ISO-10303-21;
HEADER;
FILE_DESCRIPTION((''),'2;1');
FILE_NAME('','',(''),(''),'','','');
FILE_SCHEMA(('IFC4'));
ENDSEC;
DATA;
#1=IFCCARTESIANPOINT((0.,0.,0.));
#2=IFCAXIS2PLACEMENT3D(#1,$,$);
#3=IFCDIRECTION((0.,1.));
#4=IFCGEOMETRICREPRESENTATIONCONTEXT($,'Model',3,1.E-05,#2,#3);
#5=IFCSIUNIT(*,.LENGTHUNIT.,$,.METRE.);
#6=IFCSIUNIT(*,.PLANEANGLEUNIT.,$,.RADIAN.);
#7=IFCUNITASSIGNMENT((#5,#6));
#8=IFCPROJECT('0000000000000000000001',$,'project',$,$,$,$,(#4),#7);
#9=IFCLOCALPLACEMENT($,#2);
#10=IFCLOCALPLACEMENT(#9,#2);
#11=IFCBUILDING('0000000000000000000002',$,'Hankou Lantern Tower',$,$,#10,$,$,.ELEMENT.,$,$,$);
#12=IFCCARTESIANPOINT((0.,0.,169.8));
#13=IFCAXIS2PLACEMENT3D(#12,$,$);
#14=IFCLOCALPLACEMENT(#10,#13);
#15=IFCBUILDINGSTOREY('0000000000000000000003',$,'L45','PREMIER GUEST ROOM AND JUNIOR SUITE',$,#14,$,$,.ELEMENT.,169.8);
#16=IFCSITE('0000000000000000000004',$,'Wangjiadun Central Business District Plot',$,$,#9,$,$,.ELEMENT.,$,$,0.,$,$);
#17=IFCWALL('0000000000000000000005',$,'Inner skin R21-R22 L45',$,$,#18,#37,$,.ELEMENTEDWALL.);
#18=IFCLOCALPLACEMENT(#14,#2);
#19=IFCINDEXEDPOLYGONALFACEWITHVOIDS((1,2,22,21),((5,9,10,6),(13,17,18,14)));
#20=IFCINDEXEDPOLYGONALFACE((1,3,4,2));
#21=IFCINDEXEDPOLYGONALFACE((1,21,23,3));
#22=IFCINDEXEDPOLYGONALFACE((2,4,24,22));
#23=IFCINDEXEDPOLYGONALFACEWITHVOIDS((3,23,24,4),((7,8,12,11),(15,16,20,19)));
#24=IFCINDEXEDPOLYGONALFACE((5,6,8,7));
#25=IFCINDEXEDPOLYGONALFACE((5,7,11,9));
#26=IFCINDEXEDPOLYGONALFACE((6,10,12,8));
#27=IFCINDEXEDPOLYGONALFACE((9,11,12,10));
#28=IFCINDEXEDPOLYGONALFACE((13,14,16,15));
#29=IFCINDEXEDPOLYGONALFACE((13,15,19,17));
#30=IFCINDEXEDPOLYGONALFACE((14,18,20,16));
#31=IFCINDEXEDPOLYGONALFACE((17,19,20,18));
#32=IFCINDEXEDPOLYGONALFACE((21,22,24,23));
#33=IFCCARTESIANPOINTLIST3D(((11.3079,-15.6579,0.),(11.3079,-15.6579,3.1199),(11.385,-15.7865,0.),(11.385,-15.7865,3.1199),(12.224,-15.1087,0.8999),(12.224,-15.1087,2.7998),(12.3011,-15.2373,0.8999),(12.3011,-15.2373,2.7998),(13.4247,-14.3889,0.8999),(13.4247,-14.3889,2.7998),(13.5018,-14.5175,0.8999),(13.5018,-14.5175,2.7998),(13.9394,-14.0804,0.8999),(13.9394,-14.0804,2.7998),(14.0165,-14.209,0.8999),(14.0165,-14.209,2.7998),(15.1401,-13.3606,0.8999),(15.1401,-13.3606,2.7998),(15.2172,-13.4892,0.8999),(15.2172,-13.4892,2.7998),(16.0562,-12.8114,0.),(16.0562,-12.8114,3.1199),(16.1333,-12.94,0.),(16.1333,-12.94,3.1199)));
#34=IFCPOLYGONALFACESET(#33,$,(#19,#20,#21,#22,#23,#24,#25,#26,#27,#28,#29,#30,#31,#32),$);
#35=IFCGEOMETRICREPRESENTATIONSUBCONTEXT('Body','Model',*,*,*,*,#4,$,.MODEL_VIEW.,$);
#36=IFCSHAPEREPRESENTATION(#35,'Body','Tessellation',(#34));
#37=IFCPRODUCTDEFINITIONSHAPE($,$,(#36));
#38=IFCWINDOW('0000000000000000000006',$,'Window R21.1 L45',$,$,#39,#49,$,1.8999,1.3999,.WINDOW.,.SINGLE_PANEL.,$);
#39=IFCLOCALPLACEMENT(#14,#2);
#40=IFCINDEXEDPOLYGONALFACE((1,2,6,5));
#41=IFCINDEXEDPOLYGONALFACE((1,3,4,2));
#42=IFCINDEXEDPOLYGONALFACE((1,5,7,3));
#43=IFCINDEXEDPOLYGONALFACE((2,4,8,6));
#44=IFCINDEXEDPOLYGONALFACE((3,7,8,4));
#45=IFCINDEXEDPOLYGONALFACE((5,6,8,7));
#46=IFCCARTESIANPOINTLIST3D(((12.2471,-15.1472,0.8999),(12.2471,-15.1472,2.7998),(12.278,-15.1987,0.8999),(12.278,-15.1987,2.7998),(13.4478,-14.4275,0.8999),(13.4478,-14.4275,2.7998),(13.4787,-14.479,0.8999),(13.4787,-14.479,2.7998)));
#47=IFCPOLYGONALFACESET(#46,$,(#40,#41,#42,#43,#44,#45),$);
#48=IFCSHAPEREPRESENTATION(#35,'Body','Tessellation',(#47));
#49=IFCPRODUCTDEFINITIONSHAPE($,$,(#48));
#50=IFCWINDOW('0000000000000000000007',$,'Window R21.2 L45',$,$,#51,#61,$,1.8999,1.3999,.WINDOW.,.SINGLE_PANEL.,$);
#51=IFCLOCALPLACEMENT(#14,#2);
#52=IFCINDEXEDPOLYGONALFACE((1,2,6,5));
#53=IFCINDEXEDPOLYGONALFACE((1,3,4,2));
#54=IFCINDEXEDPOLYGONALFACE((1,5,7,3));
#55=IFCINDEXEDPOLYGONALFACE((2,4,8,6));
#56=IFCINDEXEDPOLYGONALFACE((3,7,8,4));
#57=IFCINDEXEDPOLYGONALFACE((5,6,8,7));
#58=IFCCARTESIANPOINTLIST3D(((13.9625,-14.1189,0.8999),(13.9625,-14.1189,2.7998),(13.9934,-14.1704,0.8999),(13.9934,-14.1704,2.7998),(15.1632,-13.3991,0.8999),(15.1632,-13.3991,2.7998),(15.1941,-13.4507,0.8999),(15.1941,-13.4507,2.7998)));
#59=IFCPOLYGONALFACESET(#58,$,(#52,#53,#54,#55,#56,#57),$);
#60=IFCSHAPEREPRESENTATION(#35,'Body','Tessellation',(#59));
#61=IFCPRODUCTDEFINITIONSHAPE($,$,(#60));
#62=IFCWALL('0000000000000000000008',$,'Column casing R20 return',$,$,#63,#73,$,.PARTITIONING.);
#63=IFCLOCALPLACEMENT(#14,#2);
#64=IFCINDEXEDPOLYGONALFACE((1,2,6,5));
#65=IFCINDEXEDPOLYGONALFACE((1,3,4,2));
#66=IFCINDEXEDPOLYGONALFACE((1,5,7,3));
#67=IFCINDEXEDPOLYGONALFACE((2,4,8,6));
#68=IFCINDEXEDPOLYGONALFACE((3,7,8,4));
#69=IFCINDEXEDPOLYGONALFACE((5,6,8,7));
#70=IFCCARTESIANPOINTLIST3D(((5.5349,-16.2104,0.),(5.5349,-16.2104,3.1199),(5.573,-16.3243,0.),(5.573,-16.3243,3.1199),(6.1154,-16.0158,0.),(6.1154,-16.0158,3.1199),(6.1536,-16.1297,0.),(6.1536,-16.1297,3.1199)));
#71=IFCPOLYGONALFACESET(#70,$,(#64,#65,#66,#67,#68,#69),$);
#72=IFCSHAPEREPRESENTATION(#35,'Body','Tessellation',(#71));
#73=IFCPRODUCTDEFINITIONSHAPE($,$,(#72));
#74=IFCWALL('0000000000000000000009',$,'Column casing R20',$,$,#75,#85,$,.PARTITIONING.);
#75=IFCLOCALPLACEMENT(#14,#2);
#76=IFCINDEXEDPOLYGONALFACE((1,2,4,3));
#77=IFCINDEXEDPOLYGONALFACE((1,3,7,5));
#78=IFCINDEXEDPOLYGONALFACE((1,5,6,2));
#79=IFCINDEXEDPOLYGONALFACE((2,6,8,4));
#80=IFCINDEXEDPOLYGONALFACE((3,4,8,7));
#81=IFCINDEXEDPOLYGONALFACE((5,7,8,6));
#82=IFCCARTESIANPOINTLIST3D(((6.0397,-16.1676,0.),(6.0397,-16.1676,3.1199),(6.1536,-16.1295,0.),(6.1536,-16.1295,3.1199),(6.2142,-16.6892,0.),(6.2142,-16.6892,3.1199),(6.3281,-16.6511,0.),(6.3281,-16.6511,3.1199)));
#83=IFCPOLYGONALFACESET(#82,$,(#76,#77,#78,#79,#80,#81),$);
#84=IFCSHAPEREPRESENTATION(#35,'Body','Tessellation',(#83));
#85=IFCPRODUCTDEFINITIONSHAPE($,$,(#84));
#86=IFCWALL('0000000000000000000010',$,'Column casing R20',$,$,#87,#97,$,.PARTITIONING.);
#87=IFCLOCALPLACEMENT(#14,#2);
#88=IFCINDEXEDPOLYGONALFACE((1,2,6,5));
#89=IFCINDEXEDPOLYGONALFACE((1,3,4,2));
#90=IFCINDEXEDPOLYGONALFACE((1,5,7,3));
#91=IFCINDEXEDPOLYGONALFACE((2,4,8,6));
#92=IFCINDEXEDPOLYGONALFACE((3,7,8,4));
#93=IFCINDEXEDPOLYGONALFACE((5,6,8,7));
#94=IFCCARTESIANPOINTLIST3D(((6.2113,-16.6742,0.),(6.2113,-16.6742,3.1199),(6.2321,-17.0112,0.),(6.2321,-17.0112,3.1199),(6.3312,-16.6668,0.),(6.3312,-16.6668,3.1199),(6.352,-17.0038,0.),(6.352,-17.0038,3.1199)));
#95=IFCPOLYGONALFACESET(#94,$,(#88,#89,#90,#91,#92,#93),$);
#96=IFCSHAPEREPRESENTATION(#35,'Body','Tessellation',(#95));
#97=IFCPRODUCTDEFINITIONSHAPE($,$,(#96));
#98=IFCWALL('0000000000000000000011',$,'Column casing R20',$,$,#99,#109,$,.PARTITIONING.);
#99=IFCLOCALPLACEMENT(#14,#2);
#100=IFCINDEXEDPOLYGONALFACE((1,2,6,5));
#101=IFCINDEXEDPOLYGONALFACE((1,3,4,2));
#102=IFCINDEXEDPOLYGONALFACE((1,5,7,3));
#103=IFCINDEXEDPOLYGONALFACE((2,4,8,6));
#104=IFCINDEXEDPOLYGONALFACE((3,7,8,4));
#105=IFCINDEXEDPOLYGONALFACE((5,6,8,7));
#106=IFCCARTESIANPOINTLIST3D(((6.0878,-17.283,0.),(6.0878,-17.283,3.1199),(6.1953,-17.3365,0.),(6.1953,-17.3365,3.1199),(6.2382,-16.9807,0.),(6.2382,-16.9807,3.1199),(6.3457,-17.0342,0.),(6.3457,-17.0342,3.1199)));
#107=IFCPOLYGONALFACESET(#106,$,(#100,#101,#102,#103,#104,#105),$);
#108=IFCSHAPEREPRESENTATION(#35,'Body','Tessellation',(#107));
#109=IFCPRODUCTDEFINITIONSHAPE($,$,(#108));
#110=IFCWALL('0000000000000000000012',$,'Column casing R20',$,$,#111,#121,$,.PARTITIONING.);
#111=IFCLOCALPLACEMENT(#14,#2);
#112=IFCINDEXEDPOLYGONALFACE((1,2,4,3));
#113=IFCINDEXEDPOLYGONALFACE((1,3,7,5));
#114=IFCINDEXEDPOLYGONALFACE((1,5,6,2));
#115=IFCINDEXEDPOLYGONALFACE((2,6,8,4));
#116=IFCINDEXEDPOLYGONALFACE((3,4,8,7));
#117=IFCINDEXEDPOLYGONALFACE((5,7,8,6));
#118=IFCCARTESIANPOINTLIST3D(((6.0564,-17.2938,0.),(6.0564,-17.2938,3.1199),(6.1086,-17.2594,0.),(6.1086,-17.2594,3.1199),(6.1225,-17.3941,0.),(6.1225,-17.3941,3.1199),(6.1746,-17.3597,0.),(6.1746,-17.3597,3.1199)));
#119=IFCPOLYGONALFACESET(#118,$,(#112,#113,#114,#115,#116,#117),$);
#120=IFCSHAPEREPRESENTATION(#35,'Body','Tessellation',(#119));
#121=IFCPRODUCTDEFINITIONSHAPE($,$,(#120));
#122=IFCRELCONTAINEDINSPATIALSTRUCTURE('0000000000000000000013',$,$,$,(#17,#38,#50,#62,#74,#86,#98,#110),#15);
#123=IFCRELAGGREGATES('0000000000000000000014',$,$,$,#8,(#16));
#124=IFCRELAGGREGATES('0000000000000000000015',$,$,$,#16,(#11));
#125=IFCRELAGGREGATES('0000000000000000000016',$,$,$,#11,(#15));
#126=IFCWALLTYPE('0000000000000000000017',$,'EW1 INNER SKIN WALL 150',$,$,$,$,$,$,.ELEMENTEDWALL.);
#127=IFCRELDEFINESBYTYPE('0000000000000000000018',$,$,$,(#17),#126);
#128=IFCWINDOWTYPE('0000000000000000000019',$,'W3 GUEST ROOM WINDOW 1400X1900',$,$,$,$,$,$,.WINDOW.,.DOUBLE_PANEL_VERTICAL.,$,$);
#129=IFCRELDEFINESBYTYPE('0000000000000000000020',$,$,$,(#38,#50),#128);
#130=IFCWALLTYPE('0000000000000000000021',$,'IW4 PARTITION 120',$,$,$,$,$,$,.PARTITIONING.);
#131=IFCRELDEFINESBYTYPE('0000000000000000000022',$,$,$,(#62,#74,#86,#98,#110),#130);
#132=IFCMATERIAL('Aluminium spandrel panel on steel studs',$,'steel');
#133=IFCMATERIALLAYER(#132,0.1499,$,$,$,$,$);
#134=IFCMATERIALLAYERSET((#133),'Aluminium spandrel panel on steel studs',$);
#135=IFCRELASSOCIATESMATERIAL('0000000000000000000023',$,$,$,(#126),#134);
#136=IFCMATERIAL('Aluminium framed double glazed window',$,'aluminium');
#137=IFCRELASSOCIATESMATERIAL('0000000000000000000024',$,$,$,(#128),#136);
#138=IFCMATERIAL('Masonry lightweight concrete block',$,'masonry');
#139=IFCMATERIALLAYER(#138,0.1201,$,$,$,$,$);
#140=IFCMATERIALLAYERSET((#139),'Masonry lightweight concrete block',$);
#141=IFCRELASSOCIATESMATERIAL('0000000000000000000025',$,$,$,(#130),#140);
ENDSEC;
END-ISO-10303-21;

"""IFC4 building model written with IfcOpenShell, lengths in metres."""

from ifc_helpers import new_model, si_unit, direction, frame, frame_2d, origin, place, context, subcontext, project, spatial, rectangle, extrude, material, layer, layer_set, type_object, element, fill, save


model = new_model("IFC4")

# Units and contexts
model_context = context("Model", 3, precision=1e-05, world=origin(), true_north=direction((0.0, 1.0)))
body_context = subcontext(model_context, "Body", "Model", "MODEL_VIEW")
ifc_project = project(units=[si_unit("LENGTHUNIT", "METRE"), si_unit("PLANEANGLEUNIT", "RADIAN")], contexts=[model_context])

# Site, building, storey
site_placement = place(None, origin())
site = spatial("IfcSite", under=ifc_project, at=site_placement, Name="Wangjiadun Central Business District Plot", CompositionType="ELEMENT", RefElevation=0.0)
building_placement = place(site_placement, origin())
building = spatial("IfcBuilding", under=site, at=building_placement, Name="Hankou Lantern Tower", CompositionType="ELEMENT")
storey_placement = place(building_placement, frame((0.0, 0.0, 169.8)))
storey = spatial("IfcBuildingStorey", under=building, at=storey_placement, Name="L45", Description="PREMIER GUEST ROOM AND JUNIOR SUITE", CompositionType="ELEMENT", Elevation=169.8)

# Wall, openings, windows
ifc_material_1 = material(Name="Aluminium spandrel panel on steel studs", Category="steel")
ifc_layer_1 = layer(ifc_material_1, 0.1499)
ifc_layer_set_1 = layer_set([ifc_layer_1], Name="Aluminium spandrel panel on steel studs")
wall_type_1 = type_object("IfcWallType", Name="EW1 INNER SKIN WALL 150", PredefinedType="ELEMENTEDWALL", material=ifc_layer_set_1)
ifc_material_2 = material(Name="Aluminium framed double glazed window", Category="aluminium")
window_type = type_object("IfcWindowType", Name="W3 GUEST ROOM WINDOW 1400X1900", PartitioningType="DOUBLE_PANEL_VERTICAL", PredefinedType="WINDOW", material=ifc_material_2)
wall_1_placement = place(storey_placement, frame((11.3464, -15.7222, 0.0), z_axis=(0.0, 0.0, 1.0), x_axis=(0.857695, 0.514158, 0.0)))
wall_1 = element("IfcWall", 1, at=wall_1_placement, inside=storey, type_object=wall_type_1, Name="Inner skin R21-R22 L45", PredefinedType="ELEMENTEDWALL", context=body_context, shape_type="SweptSolid", body=[
    extrude(rectangle(XDim=5.5361, YDim=0.1499, at=frame_2d((2.7681, 0.0))), origin(), (0.0, 0.0, 1.0), 3.1199),
])
opening_1_placement = place(wall_1_placement, frame((1.0681, 0.0, 0.8999)))
opening_1 = element("IfcOpeningElement", 2, at=opening_1_placement, cuts=wall_1, PredefinedType="OPENING", context=body_context, shape_type="SweptSolid", body=[
    extrude(rectangle(XDim=1.3999, YDim=1.8999, at=frame_2d((0.7, 0.95))), frame((0.0, 0.085, 0.0), z_axis=(0.0, -1.0, 0.0), x_axis=(1.0, 0.0, 0.0)), (0.0, 0.0, 1.0), 0.1699),
])
opening_2_placement = place(wall_1_placement, frame((3.0681, 0.0, 0.8999)))
opening_2 = element("IfcOpeningElement", 3, at=opening_2_placement, cuts=wall_1, PredefinedType="OPENING", context=body_context, shape_type="SweptSolid", body=[
    extrude(rectangle(XDim=1.3999, YDim=1.8999, at=frame_2d((0.7, 0.95))), frame((0.0, 0.085, 0.0), z_axis=(0.0, -1.0, 0.0), x_axis=(1.0, 0.0, 0.0)), (0.0, 0.0, 1.0), 0.1699),
])
window_1_placement = place(opening_1_placement, origin())
window_1 = element("IfcWindow", 4, at=window_1_placement, inside=storey, type_object=window_type, Name="Window R21.1 L45", OverallHeight=1.8999, OverallWidth=1.3999, PartitioningType="SINGLE_PANEL", PredefinedType="WINDOW", context=body_context, shape_type="SweptSolid", body=[
    extrude(rectangle(XDim=1.3999, YDim=1.8999, at=frame_2d((0.7, 0.95))), frame((0.0, 0.03, 0.0), z_axis=(0.0, -1.0, 0.0), x_axis=(1.0, 0.0, 0.0)), (0.0, 0.0, 1.0), 0.0601),
])
fill(opening_1, window_1)
window_2_placement = place(opening_2_placement, origin())
window_2 = element("IfcWindow", 5, at=window_2_placement, inside=storey, type_object=window_type, Name="Window R21.2 L45", OverallHeight=1.8999, OverallWidth=1.3999, PartitioningType="SINGLE_PANEL", PredefinedType="WINDOW", context=body_context, shape_type="SweptSolid", body=[
    extrude(rectangle(XDim=1.3999, YDim=1.8999, at=frame_2d((0.7, 0.95))), frame((0.0, 0.03, 0.0), z_axis=(0.0, -1.0, 0.0), x_axis=(1.0, 0.0, 0.0)), (0.0, 0.0, 1.0), 0.0601),
])
fill(opening_2, window_2)

# Walls
ifc_material_3 = material(Name="Masonry lightweight concrete block", Category="masonry")
ifc_layer_2 = layer(ifc_material_3, 0.1201)
ifc_layer_set_2 = layer_set([ifc_layer_2], Name="Masonry lightweight concrete block")
wall_type_2 = type_object("IfcWallType", Name="IW4 PARTITION 120", PredefinedType="PARTITIONING", material=ifc_layer_set_2)
wall_2_placement = place(storey_placement, frame((5.554, -16.2673, 0.0), z_axis=(0.0, 0.0, 1.0), x_axis=(0.948164, 0.317782, 0.0)))
element("IfcWall", 6, at=wall_2_placement, inside=storey, type_object=wall_type_2, Name="Column casing R20 return", PredefinedType="PARTITIONING", context=body_context, shape_type="SweptSolid", body=[
    extrude(rectangle(XDim=0.6123, YDim=0.1201, at=frame_2d((0.3062, 0.0))), origin(), (0.0, 0.0, 1.0), 3.1199),
])
wall_3_placement = place(storey_placement, frame((6.0967, -16.1487, 0.0), z_axis=(0.0, 0.0, 1.0), x_axis=(0.317293, -0.948328, 0.0)))
element("IfcWall", 7, at=wall_3_placement, inside=storey, type_object=wall_type_2, Name="Column casing R20", PredefinedType="PARTITIONING", context=body_context, shape_type="SweptSolid", body=[
    extrude(rectangle(XDim=0.55, YDim=0.1201, at=frame_2d((0.2749, 0.0))), origin(), (0.0, 0.0, 1.0), 3.1199),
])
for number, where, z_axis, x_axis, name in (
    (8, (6.2712, -16.6704, 0.0), (0.0, 0.0, 1.0), (0.061478, -0.998108, 0.0), "Column casing R20"),
    (9, (6.292, -17.0073, 0.0), (0.0, 0.0, 1.0), (-0.445477, -0.895293, 0.0), "Column casing R20"),
):
    element("IfcWall", number, at=place(storey_placement, frame(where, z_axis=z_axis, x_axis=x_axis)), inside=storey, type_object=wall_type_2, Name=name, PredefinedType="PARTITIONING", context=body_context, shape_type="SweptSolid", body=[
        extrude(rectangle(XDim=0.3376, YDim=0.1201, at=frame_2d((0.1689, 0.0))), origin(), (0.0, 0.0, 1.0), 3.1199),
    ])
wall_4_placement = place(storey_placement, frame((6.1416, -17.3096, 0.0), z_axis=(0.0, 0.0, 1.0), x_axis=(-0.83504, -0.55019, 0.0)))
element("IfcWall", 10, at=wall_4_placement, inside=storey, type_object=wall_type_2, Name="Column casing R20", PredefinedType="PARTITIONING", context=body_context, shape_type="SweptSolid", body=[
    extrude(rectangle(XDim=0.0625, YDim=0.1201, at=frame_2d((0.0312, 0.0))), origin(), (0.0, 0.0, 1.0), 3.1199),
])

save(model, "model.ifc")
